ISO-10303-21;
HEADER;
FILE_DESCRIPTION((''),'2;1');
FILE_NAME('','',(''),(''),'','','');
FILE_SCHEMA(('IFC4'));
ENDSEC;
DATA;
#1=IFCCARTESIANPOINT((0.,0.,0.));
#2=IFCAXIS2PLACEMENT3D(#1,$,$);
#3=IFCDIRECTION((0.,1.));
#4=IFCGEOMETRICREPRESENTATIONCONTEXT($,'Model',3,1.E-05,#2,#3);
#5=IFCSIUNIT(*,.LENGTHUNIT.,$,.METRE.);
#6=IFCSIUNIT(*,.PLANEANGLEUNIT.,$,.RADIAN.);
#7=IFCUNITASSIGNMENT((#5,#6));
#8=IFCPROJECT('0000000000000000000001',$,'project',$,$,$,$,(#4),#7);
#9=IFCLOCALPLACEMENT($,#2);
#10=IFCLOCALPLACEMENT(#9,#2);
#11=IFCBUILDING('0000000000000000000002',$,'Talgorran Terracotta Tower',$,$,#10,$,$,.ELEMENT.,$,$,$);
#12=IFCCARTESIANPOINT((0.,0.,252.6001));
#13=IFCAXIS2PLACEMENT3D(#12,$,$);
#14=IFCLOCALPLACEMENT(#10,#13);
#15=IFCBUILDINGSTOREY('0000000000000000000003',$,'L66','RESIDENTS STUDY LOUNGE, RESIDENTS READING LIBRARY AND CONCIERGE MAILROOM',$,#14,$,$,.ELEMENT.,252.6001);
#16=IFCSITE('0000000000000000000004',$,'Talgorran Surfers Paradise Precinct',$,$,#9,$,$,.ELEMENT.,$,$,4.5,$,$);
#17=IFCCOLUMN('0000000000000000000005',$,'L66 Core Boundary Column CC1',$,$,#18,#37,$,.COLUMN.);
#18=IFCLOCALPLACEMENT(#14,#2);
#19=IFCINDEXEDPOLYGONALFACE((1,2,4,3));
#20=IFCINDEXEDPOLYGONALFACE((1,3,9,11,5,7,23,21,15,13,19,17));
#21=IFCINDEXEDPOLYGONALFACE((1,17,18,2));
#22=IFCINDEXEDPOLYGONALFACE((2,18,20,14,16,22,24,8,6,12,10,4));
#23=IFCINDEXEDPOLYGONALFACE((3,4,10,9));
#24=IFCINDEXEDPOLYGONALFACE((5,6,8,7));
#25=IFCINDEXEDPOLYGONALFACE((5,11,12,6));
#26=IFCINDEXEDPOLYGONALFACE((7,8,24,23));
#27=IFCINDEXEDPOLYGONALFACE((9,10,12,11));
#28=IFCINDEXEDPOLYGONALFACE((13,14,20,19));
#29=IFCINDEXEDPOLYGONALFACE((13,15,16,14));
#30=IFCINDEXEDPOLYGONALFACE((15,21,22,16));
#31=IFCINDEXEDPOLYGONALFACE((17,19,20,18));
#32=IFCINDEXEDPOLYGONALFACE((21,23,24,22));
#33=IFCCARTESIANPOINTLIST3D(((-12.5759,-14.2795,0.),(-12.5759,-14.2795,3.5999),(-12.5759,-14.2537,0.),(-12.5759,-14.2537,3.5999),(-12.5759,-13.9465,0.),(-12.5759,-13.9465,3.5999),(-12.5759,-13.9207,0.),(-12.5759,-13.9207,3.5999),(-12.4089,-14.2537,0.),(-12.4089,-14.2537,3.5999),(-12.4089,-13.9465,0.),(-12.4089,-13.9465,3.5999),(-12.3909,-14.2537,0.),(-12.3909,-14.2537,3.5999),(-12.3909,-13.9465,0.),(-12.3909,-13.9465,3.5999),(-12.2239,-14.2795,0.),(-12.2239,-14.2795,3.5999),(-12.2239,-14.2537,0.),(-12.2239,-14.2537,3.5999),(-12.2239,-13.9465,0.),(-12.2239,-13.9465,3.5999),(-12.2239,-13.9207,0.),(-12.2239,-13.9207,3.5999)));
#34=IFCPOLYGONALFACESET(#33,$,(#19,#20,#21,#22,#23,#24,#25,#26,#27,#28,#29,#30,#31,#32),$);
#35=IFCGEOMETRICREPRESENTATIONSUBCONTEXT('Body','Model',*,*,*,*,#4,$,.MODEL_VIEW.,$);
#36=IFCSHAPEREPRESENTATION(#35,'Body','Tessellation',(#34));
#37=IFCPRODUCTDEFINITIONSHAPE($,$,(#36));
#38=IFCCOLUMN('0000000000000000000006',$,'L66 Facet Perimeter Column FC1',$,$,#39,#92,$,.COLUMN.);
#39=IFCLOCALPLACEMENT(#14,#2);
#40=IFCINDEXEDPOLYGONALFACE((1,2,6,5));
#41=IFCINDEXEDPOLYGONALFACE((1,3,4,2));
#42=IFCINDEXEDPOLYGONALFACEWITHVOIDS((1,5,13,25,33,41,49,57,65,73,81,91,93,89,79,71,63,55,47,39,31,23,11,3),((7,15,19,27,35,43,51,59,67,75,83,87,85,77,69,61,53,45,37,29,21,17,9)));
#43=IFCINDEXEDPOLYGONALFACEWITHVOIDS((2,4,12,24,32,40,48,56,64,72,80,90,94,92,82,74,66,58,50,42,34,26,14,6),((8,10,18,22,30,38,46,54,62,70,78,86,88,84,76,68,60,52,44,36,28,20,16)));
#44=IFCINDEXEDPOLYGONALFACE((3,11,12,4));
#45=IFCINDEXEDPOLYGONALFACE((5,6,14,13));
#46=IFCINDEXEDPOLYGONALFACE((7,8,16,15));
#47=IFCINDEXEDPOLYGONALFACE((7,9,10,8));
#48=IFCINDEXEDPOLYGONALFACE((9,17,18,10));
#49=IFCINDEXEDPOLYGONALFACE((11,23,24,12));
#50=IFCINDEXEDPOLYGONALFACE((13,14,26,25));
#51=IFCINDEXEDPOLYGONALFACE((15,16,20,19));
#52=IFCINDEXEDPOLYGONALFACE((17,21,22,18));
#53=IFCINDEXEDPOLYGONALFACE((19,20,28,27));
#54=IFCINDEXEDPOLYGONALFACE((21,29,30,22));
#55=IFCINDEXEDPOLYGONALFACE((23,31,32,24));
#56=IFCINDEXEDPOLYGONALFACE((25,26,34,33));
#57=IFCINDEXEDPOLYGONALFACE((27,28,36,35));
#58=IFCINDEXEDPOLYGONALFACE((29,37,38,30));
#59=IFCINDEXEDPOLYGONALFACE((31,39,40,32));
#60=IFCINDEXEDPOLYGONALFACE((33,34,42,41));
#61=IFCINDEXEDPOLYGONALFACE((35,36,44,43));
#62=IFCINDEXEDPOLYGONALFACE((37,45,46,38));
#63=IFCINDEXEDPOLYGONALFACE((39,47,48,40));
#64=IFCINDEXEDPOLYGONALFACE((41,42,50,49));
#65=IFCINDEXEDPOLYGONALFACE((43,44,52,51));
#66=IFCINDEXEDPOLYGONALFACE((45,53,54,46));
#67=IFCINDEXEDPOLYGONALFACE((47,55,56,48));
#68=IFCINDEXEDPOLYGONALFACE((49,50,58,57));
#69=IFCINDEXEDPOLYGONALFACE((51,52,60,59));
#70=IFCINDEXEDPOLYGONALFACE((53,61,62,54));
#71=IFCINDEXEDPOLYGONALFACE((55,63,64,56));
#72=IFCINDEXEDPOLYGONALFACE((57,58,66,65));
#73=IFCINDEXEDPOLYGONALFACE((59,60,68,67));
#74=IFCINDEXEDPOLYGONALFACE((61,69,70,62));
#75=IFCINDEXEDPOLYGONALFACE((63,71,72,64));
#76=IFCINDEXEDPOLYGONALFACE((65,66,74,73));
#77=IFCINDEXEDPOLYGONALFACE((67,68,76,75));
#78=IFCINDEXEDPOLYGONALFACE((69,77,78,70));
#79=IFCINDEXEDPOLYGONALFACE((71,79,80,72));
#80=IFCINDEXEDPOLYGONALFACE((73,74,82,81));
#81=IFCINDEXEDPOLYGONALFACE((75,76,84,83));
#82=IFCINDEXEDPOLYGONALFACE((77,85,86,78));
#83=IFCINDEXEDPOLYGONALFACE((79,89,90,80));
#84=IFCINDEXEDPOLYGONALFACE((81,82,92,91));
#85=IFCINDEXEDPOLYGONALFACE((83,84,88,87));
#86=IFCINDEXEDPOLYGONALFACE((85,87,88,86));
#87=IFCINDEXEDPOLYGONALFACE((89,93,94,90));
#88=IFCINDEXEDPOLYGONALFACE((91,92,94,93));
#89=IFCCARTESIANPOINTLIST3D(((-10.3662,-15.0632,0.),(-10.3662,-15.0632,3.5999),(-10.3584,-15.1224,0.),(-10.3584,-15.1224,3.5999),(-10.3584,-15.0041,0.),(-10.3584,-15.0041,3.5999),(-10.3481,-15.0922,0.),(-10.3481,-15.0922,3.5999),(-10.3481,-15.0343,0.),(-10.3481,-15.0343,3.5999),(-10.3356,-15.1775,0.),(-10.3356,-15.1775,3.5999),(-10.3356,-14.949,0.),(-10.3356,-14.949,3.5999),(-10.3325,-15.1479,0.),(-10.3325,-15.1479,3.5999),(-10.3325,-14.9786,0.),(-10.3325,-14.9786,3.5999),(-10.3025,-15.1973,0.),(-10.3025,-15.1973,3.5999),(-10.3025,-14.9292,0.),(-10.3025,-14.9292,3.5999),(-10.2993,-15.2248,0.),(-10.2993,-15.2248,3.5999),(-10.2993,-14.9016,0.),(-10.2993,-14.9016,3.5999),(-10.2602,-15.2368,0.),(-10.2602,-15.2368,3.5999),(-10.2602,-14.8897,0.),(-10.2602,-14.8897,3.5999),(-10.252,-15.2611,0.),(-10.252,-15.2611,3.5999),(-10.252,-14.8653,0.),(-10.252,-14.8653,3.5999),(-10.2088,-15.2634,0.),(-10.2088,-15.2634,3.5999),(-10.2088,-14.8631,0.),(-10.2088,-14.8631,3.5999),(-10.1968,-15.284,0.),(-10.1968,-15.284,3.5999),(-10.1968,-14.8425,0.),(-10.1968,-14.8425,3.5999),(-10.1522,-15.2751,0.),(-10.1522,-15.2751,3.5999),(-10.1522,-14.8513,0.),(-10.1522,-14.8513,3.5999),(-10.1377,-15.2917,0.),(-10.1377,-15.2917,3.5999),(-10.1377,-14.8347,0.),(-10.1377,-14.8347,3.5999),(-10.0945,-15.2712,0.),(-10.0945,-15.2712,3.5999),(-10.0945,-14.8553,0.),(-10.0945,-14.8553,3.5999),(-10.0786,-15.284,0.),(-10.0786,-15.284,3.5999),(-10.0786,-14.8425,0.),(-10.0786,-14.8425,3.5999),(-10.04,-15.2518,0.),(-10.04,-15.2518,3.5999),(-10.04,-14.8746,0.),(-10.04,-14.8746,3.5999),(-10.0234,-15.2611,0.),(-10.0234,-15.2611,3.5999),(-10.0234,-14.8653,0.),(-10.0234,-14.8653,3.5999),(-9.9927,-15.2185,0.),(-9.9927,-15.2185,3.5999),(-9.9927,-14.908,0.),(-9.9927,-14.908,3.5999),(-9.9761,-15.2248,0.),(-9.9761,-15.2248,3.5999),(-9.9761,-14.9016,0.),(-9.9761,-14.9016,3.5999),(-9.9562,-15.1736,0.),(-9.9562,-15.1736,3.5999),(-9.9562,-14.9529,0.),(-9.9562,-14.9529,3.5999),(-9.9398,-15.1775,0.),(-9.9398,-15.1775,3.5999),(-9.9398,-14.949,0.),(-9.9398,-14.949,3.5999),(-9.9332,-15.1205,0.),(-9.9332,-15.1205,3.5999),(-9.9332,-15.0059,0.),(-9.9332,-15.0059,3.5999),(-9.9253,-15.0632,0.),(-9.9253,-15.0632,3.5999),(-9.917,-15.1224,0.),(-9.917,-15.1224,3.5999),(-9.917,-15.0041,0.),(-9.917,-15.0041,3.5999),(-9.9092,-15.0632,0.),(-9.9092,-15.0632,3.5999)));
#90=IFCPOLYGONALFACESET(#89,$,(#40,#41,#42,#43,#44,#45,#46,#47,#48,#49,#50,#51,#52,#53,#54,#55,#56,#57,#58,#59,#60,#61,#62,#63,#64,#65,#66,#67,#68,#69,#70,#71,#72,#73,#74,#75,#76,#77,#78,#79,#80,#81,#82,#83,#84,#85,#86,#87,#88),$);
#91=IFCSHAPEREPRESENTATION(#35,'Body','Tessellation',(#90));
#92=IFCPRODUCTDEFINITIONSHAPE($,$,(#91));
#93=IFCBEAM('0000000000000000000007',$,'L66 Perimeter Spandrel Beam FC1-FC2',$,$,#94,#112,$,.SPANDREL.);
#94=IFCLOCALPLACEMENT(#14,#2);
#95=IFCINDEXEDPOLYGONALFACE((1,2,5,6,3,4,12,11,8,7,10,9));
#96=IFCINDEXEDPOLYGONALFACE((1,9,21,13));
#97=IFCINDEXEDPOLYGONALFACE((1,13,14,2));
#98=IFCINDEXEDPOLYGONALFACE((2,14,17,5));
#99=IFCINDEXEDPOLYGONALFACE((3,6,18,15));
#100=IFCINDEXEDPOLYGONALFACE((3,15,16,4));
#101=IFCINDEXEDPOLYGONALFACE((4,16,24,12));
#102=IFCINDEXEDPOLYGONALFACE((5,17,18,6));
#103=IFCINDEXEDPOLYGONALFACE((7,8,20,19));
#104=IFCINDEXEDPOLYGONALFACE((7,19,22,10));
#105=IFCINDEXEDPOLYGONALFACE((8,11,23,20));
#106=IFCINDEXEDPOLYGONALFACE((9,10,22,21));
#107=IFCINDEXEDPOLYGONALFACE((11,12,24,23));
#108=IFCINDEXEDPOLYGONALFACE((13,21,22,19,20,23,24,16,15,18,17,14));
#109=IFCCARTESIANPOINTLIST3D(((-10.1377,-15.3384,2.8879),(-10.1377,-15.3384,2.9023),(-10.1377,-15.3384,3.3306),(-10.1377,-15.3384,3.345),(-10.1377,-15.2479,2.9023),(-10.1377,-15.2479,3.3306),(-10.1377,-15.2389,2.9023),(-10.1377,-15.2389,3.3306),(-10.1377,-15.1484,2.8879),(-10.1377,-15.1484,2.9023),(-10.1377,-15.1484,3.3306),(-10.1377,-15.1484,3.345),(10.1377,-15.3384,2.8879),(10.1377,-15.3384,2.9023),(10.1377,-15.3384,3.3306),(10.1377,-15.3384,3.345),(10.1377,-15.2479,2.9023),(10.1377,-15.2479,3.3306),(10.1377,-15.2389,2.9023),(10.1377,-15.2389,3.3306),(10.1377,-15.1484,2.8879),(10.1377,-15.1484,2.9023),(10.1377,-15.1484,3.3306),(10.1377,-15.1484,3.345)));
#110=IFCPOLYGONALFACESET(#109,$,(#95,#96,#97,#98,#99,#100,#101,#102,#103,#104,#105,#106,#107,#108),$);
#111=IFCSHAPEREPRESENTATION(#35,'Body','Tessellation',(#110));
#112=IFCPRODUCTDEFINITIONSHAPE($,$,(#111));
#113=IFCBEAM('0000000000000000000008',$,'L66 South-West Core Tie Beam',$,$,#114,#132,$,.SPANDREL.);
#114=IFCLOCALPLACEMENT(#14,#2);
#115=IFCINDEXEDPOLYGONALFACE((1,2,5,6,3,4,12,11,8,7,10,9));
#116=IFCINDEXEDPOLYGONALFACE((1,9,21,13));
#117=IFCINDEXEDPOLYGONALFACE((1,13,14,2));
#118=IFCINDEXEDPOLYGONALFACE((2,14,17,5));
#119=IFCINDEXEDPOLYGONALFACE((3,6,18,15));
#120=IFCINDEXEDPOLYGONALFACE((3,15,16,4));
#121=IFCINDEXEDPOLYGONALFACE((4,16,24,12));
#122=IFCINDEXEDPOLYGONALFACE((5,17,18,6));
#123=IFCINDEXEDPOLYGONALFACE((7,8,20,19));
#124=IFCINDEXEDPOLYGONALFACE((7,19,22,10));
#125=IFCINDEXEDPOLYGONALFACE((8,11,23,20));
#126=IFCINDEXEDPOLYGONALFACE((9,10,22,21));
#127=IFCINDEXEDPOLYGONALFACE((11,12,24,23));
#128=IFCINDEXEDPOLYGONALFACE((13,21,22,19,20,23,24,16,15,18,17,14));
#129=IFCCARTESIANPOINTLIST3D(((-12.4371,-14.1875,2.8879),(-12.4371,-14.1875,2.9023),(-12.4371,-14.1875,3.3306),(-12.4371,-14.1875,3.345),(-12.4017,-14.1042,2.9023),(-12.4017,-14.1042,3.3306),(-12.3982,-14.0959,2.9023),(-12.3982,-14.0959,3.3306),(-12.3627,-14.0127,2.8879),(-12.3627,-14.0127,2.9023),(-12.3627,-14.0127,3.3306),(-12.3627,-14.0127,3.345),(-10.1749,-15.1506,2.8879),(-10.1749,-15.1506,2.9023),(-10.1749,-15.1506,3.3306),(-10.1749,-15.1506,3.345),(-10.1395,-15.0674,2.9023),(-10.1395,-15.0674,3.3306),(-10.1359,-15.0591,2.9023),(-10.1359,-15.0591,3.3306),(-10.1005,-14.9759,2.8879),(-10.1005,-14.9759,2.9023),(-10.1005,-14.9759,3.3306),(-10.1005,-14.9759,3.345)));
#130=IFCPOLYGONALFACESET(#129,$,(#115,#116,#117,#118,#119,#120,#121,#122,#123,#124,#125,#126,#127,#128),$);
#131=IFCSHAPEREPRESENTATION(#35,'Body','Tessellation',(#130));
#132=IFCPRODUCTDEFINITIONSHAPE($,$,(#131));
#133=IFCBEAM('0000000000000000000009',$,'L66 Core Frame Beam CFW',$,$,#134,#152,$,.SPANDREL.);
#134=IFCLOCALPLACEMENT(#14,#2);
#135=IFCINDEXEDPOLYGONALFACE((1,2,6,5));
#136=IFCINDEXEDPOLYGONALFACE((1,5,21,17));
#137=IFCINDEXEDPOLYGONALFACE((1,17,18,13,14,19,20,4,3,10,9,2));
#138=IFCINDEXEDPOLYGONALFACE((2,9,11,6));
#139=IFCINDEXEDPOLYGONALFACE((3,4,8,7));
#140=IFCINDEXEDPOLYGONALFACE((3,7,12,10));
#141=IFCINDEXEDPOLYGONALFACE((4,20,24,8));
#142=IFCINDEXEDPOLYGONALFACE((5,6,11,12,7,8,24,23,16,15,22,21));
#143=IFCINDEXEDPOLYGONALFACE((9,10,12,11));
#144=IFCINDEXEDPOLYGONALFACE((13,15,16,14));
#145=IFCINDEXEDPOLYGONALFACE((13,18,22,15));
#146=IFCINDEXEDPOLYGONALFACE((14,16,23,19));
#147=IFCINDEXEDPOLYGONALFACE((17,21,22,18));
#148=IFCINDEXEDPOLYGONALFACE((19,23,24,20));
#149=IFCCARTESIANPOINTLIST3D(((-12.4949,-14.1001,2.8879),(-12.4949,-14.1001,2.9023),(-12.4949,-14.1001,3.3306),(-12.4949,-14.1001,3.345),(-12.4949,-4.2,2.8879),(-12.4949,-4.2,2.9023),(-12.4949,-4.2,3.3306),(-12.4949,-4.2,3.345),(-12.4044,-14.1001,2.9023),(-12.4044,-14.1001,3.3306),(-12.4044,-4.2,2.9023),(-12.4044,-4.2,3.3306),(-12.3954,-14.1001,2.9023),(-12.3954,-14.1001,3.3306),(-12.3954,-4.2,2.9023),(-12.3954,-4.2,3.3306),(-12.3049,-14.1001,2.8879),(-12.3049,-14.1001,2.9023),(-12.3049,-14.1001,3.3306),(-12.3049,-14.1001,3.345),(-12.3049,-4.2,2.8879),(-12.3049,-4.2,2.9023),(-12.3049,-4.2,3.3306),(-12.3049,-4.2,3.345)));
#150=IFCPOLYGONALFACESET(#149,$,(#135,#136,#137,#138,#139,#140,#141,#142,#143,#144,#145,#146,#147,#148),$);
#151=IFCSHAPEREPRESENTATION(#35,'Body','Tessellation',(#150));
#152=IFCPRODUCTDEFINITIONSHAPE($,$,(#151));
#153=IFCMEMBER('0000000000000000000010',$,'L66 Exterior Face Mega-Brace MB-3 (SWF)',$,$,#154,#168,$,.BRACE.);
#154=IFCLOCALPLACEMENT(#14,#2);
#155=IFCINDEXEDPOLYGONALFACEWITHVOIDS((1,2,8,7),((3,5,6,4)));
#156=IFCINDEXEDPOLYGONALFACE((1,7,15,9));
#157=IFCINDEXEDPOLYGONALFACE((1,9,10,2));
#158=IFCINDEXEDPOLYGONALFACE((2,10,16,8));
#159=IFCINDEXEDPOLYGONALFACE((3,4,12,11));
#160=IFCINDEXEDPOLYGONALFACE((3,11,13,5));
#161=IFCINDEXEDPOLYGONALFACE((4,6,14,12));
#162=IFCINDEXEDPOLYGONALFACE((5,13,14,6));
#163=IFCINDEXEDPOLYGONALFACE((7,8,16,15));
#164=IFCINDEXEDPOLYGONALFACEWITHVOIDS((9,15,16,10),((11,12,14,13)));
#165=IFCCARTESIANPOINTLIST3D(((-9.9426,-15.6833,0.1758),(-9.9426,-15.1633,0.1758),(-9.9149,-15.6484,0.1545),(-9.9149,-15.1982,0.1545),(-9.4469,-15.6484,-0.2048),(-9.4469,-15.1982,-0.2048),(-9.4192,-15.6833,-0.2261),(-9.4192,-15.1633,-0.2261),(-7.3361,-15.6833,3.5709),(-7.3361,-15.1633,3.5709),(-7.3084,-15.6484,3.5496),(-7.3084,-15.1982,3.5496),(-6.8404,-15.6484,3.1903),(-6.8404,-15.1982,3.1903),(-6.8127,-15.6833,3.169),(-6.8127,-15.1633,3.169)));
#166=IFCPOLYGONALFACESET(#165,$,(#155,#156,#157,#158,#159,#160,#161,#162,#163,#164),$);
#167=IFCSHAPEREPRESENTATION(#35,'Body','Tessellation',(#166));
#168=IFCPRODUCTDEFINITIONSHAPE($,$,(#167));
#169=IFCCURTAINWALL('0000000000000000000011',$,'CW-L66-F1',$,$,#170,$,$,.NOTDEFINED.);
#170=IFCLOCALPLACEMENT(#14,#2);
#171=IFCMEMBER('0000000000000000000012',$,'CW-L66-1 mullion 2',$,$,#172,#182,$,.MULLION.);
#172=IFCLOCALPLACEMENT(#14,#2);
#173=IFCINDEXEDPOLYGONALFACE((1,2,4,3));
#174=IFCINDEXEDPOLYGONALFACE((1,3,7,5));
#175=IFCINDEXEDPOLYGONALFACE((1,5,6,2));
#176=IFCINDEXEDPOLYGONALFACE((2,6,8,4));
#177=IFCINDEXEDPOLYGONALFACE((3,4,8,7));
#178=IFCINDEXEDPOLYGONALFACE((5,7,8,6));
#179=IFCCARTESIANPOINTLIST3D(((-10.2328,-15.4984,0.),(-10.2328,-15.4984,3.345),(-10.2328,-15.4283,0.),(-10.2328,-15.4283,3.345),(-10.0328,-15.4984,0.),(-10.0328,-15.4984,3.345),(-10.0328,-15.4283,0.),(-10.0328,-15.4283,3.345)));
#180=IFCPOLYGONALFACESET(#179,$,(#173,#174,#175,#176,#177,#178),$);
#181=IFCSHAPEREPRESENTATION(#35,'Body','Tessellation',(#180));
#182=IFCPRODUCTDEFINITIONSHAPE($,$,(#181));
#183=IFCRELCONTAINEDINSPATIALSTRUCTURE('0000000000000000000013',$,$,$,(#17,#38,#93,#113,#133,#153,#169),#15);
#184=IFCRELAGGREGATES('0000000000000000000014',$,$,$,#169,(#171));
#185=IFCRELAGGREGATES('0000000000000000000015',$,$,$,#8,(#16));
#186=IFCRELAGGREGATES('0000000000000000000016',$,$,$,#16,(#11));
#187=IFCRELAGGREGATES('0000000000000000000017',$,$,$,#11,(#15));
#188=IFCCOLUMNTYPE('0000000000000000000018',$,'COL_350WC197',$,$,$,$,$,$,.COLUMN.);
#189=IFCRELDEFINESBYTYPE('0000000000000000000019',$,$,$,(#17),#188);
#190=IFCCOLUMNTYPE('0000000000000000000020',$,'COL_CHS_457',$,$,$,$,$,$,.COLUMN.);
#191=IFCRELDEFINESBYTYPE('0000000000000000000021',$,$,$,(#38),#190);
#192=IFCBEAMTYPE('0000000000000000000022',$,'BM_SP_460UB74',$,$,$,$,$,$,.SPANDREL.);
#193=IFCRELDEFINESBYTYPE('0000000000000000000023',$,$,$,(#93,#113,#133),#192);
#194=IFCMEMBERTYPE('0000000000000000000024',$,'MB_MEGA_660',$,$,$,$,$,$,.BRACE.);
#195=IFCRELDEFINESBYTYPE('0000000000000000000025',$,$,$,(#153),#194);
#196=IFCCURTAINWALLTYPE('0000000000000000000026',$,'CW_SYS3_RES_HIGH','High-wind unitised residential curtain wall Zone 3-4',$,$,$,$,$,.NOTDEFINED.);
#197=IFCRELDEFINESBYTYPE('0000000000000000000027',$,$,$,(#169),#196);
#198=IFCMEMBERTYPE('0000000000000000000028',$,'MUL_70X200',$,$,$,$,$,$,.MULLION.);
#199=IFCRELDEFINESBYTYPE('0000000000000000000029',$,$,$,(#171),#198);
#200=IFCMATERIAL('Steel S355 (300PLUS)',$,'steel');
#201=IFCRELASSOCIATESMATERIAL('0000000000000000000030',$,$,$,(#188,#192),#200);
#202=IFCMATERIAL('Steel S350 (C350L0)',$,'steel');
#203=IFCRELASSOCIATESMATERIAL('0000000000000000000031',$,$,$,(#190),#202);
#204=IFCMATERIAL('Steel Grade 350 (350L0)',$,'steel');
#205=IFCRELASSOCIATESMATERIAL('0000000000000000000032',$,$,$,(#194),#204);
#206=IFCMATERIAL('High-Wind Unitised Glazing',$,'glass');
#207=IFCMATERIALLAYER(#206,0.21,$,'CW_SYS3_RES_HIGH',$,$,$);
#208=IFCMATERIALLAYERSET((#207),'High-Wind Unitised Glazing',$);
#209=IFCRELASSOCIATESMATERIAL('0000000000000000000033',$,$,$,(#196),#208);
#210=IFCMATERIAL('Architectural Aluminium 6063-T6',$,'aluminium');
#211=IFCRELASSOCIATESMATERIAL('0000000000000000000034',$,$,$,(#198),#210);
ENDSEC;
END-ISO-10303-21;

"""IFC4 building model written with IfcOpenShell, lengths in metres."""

from ifc_helpers import new_model, si_unit, direction, frame, origin, origin_2d, place, context, subcontext, project, spatial, rectangle, hollow_rectangle, hollow_circle, i_section, extrude, material, layer, layer_set, material_profile, profile_set, type_object, element, aggregate, save


model = new_model("IFC4")

# Units and contexts
model_context = context("Model", 3, precision=1e-05, world=origin(), true_north=direction((0.0, 1.0)))
body_context = subcontext(model_context, "Body", "Model", "MODEL_VIEW")
ifc_project = project(units=[si_unit("LENGTHUNIT", "METRE"), si_unit("PLANEANGLEUNIT", "RADIAN")], contexts=[model_context])

# Site, building, storey
site_placement = place(None, origin())
site = spatial("IfcSite", under=ifc_project, at=site_placement, Name="Talgorran Surfers Paradise Precinct", CompositionType="ELEMENT", RefElevation=4.5)
building_placement = place(site_placement, origin())
building = spatial("IfcBuilding", under=site, at=building_placement, Name="Talgorran Terracotta Tower", CompositionType="ELEMENT")
storey_placement = place(building_placement, frame((0.0, 0.0, 252.6001)))
storey = spatial("IfcBuildingStorey", under=building, at=storey_placement, Name="L66", Description="RESIDENTS STUDY LOUNGE, RESIDENTS READING LIBRARY AND CONCIERGE MAILROOM", CompositionType="ELEMENT", Elevation=252.6001)

# Columns
ifc_material_1 = material(Name="Steel S355 (300PLUS)", Category="steel")
ifc_material_profile_1 = material_profile(ifc_material_1, i_section(OverallWidth=0.3521, OverallDepth=0.3589, WebThickness=0.0181, FlangeThickness=0.0259, at=origin_2d()), Name="350WC197")
ifc_profile_set_1 = profile_set([ifc_material_profile_1], Name="Steel S355 (300PLUS)")
column_type_1 = type_object("IfcColumnType", Name="COL_350WC197", PredefinedType="COLUMN", material=ifc_profile_set_1)
column_1_placement = place(storey_placement, frame((-12.3999, -14.1001, 0.0), z_axis=(0.0, 0.0, 1.0), x_axis=(1.0, 0.0, 0.0)))
element("IfcColumn", 1, at=column_1_placement, inside=storey, type_object=column_type_1, Name="L66 Core Boundary Column CC1", PredefinedType="COLUMN", context=body_context, shape_type="SweptSolid", body=[
    extrude(i_section(OverallWidth=0.3521, OverallDepth=0.3589, WebThickness=0.0181, FlangeThickness=0.0259, at=origin_2d()), origin(), (0.0, 0.0, 1.0), 3.5999),
])
ifc_material_2 = material(Name="Steel S350 (C350L0)", Category="steel")
ifc_material_profile_2 = material_profile(ifc_material_2, hollow_circle(Radius=0.2285, WallThickness=0.0161, at=origin_2d()), Name="CHS457X16")
ifc_profile_set_2 = profile_set([ifc_material_profile_2], Name="Steel S350 (C350L0)")
column_type_2 = type_object("IfcColumnType", Name="COL_CHS_457", PredefinedType="COLUMN", material=ifc_profile_set_2)
column_2_placement = place(storey_placement, frame((-10.1377, -15.0632, 0.0), z_axis=(0.0, 0.0, 1.0), x_axis=(1.0, 0.0, 0.0)))
element("IfcColumn", 2, at=column_2_placement, inside=storey, type_object=column_type_2, Name="L66 Facet Perimeter Column FC1", PredefinedType="COLUMN", context=body_context, shape_type="SweptSolid", body=[
    extrude(hollow_circle(Radius=0.2285, WallThickness=0.0161, at=origin_2d()), origin(), (0.0, 0.0, 1.0), 3.5999),
])

# Beams
ifc_material_profile_3 = material_profile(ifc_material_1, i_section(OverallWidth=0.1899, OverallDepth=0.457, WebThickness=0.009, FlangeThickness=0.0144, at=origin_2d()), Name="460UB74.6")
ifc_profile_set_3 = profile_set([ifc_material_profile_3], Name="Steel S355 (300PLUS)")
beam_type = type_object("IfcBeamType", Name="BM_SP_460UB74", PredefinedType="SPANDREL", material=ifc_profile_set_3)
beam_1_placement = place(storey_placement, frame((-10.1377, -15.2434, 3.1165), z_axis=(1.0, 0.0, 0.0), x_axis=(0.0, 1.0, 0.0)))
element("IfcBeam", 3, at=beam_1_placement, inside=storey, type_object=beam_type, Name="L66 Perimeter Spandrel Beam FC1-FC2", PredefinedType="SPANDREL", context=body_context, shape_type="SweptSolid", body=[
    extrude(i_section(OverallWidth=0.1899, OverallDepth=0.457, WebThickness=0.009, FlangeThickness=0.0144, at=origin_2d()), origin(), (0.0, 0.0, 1.0), 20.2754),
])
beam_2_placement = place(storey_placement, frame((-10.1377, -15.0632, 3.1165), z_axis=(-0.920082, 0.391725, 0.0), x_axis=(-0.391725, -0.920082, 0.0)))
element("IfcBeam", 4, at=beam_2_placement, inside=storey, type_object=beam_type, Name="L66 South-West Core Tie Beam", PredefinedType="SPANDREL", context=body_context, shape_type="SweptSolid", body=[
    extrude(i_section(OverallWidth=0.1899, OverallDepth=0.457, WebThickness=0.009, FlangeThickness=0.0144, at=origin_2d()), origin(), (0.0, 0.0, 1.0), 2.4587),
])
beam_3_placement = place(storey_placement, frame((-12.3999, -14.1001, 3.1165), z_axis=(0.0, 1.0, 0.0), x_axis=(-1.0, 0.0, 0.0)))
element("IfcBeam", 5, at=beam_3_placement, inside=storey, type_object=beam_type, Name="L66 Core Frame Beam CFW", PredefinedType="SPANDREL", context=body_context, shape_type="SweptSolid", body=[
    extrude(i_section(OverallWidth=0.1899, OverallDepth=0.457, WebThickness=0.009, FlangeThickness=0.0144, at=origin_2d()), origin(), (0.0, 0.0, 1.0), 9.9001),
])

# Member
ifc_material_3 = material(Name="Steel Grade 350 (350L0)", Category="steel")
ifc_material_profile_4 = material_profile(ifc_material_3, hollow_rectangle(XDim=0.52, YDim=0.6599, WallThickness=0.0349, at=origin_2d()), Name="WBOX660X520X35")
ifc_profile_set_4 = profile_set([ifc_material_profile_4], Name="Steel Grade 350 (350L0)")
member_type_1 = type_object("IfcMemberType", Name="MB_MEGA_660", PredefinedType="BRACE", material=ifc_profile_set_4)
member_1_placement = place(storey_placement, frame((-9.6809, -15.4233, -0.0251), z_axis=(0.608961, 0.0, 0.7932), x_axis=(0.0, 1.0, 0.0)))
element("IfcMember", 6, at=member_1_placement, inside=storey, type_object=member_type_1, Name="L66 Exterior Face Mega-Brace MB-3 (SWF)", PredefinedType="BRACE", context=body_context, shape_type="SweptSolid", body=[
    extrude(hollow_rectangle(XDim=0.52, YDim=0.6599, WallThickness=0.0349, at=origin_2d()), origin(), (0.0, 0.0, 1.0), 4.2803),
])

# Curtain wall, member
ifc_material_4 = material(Name="High-Wind Unitised Glazing", Category="glass")
ifc_layer_1 = layer(ifc_material_4, 0.21, Name="CW_SYS3_RES_HIGH")
ifc_layer_set_1 = layer_set([ifc_layer_1], Name="High-Wind Unitised Glazing")
curtain_wall_type = type_object("IfcCurtainWallType", Name="CW_SYS3_RES_HIGH", Description="High-wind unitised residential curtain wall Zone 3-4", PredefinedType="NOTDEFINED", material=ifc_layer_set_1)
curtain_wall_1_placement = place(storey_placement, origin())
curtain_wall_1 = element("IfcCurtainWall", 7, at=curtain_wall_1_placement, inside=storey, type_object=curtain_wall_type, Name="CW-L66-F1", PredefinedType="NOTDEFINED")
ifc_material_5 = material(Name="Architectural Aluminium 6063-T6", Category="aluminium")
ifc_material_profile_5 = material_profile(ifc_material_5, rectangle(XDim=0.0701, YDim=0.2, at=origin_2d()), Name="CWM70X200")
ifc_profile_set_5 = profile_set([ifc_material_profile_5], Name="Architectural Aluminium 6063-T6")
member_type_2 = type_object("IfcMemberType", Name="MUL_70X200", PredefinedType="MULLION", material=ifc_profile_set_5)
member_2_placement = place(storey_placement, frame((-10.1328, -15.4634, 0.0), z_axis=(0.0, 0.0, 1.0), x_axis=(0.0, 1.0, 0.0)))
member_2 = element("IfcMember", 8, at=member_2_placement, type_object=member_type_2, Name="CW-L66-1 mullion 2", PredefinedType="MULLION", context=body_context, shape_type="SweptSolid", body=[
    extrude(rectangle(XDim=0.0701, YDim=0.2, at=origin_2d()), origin(), (0.0, 0.0, 1.0), 3.345),
])
aggregate(curtain_wall_1, [member_2])

save(model, "model.ifc")
